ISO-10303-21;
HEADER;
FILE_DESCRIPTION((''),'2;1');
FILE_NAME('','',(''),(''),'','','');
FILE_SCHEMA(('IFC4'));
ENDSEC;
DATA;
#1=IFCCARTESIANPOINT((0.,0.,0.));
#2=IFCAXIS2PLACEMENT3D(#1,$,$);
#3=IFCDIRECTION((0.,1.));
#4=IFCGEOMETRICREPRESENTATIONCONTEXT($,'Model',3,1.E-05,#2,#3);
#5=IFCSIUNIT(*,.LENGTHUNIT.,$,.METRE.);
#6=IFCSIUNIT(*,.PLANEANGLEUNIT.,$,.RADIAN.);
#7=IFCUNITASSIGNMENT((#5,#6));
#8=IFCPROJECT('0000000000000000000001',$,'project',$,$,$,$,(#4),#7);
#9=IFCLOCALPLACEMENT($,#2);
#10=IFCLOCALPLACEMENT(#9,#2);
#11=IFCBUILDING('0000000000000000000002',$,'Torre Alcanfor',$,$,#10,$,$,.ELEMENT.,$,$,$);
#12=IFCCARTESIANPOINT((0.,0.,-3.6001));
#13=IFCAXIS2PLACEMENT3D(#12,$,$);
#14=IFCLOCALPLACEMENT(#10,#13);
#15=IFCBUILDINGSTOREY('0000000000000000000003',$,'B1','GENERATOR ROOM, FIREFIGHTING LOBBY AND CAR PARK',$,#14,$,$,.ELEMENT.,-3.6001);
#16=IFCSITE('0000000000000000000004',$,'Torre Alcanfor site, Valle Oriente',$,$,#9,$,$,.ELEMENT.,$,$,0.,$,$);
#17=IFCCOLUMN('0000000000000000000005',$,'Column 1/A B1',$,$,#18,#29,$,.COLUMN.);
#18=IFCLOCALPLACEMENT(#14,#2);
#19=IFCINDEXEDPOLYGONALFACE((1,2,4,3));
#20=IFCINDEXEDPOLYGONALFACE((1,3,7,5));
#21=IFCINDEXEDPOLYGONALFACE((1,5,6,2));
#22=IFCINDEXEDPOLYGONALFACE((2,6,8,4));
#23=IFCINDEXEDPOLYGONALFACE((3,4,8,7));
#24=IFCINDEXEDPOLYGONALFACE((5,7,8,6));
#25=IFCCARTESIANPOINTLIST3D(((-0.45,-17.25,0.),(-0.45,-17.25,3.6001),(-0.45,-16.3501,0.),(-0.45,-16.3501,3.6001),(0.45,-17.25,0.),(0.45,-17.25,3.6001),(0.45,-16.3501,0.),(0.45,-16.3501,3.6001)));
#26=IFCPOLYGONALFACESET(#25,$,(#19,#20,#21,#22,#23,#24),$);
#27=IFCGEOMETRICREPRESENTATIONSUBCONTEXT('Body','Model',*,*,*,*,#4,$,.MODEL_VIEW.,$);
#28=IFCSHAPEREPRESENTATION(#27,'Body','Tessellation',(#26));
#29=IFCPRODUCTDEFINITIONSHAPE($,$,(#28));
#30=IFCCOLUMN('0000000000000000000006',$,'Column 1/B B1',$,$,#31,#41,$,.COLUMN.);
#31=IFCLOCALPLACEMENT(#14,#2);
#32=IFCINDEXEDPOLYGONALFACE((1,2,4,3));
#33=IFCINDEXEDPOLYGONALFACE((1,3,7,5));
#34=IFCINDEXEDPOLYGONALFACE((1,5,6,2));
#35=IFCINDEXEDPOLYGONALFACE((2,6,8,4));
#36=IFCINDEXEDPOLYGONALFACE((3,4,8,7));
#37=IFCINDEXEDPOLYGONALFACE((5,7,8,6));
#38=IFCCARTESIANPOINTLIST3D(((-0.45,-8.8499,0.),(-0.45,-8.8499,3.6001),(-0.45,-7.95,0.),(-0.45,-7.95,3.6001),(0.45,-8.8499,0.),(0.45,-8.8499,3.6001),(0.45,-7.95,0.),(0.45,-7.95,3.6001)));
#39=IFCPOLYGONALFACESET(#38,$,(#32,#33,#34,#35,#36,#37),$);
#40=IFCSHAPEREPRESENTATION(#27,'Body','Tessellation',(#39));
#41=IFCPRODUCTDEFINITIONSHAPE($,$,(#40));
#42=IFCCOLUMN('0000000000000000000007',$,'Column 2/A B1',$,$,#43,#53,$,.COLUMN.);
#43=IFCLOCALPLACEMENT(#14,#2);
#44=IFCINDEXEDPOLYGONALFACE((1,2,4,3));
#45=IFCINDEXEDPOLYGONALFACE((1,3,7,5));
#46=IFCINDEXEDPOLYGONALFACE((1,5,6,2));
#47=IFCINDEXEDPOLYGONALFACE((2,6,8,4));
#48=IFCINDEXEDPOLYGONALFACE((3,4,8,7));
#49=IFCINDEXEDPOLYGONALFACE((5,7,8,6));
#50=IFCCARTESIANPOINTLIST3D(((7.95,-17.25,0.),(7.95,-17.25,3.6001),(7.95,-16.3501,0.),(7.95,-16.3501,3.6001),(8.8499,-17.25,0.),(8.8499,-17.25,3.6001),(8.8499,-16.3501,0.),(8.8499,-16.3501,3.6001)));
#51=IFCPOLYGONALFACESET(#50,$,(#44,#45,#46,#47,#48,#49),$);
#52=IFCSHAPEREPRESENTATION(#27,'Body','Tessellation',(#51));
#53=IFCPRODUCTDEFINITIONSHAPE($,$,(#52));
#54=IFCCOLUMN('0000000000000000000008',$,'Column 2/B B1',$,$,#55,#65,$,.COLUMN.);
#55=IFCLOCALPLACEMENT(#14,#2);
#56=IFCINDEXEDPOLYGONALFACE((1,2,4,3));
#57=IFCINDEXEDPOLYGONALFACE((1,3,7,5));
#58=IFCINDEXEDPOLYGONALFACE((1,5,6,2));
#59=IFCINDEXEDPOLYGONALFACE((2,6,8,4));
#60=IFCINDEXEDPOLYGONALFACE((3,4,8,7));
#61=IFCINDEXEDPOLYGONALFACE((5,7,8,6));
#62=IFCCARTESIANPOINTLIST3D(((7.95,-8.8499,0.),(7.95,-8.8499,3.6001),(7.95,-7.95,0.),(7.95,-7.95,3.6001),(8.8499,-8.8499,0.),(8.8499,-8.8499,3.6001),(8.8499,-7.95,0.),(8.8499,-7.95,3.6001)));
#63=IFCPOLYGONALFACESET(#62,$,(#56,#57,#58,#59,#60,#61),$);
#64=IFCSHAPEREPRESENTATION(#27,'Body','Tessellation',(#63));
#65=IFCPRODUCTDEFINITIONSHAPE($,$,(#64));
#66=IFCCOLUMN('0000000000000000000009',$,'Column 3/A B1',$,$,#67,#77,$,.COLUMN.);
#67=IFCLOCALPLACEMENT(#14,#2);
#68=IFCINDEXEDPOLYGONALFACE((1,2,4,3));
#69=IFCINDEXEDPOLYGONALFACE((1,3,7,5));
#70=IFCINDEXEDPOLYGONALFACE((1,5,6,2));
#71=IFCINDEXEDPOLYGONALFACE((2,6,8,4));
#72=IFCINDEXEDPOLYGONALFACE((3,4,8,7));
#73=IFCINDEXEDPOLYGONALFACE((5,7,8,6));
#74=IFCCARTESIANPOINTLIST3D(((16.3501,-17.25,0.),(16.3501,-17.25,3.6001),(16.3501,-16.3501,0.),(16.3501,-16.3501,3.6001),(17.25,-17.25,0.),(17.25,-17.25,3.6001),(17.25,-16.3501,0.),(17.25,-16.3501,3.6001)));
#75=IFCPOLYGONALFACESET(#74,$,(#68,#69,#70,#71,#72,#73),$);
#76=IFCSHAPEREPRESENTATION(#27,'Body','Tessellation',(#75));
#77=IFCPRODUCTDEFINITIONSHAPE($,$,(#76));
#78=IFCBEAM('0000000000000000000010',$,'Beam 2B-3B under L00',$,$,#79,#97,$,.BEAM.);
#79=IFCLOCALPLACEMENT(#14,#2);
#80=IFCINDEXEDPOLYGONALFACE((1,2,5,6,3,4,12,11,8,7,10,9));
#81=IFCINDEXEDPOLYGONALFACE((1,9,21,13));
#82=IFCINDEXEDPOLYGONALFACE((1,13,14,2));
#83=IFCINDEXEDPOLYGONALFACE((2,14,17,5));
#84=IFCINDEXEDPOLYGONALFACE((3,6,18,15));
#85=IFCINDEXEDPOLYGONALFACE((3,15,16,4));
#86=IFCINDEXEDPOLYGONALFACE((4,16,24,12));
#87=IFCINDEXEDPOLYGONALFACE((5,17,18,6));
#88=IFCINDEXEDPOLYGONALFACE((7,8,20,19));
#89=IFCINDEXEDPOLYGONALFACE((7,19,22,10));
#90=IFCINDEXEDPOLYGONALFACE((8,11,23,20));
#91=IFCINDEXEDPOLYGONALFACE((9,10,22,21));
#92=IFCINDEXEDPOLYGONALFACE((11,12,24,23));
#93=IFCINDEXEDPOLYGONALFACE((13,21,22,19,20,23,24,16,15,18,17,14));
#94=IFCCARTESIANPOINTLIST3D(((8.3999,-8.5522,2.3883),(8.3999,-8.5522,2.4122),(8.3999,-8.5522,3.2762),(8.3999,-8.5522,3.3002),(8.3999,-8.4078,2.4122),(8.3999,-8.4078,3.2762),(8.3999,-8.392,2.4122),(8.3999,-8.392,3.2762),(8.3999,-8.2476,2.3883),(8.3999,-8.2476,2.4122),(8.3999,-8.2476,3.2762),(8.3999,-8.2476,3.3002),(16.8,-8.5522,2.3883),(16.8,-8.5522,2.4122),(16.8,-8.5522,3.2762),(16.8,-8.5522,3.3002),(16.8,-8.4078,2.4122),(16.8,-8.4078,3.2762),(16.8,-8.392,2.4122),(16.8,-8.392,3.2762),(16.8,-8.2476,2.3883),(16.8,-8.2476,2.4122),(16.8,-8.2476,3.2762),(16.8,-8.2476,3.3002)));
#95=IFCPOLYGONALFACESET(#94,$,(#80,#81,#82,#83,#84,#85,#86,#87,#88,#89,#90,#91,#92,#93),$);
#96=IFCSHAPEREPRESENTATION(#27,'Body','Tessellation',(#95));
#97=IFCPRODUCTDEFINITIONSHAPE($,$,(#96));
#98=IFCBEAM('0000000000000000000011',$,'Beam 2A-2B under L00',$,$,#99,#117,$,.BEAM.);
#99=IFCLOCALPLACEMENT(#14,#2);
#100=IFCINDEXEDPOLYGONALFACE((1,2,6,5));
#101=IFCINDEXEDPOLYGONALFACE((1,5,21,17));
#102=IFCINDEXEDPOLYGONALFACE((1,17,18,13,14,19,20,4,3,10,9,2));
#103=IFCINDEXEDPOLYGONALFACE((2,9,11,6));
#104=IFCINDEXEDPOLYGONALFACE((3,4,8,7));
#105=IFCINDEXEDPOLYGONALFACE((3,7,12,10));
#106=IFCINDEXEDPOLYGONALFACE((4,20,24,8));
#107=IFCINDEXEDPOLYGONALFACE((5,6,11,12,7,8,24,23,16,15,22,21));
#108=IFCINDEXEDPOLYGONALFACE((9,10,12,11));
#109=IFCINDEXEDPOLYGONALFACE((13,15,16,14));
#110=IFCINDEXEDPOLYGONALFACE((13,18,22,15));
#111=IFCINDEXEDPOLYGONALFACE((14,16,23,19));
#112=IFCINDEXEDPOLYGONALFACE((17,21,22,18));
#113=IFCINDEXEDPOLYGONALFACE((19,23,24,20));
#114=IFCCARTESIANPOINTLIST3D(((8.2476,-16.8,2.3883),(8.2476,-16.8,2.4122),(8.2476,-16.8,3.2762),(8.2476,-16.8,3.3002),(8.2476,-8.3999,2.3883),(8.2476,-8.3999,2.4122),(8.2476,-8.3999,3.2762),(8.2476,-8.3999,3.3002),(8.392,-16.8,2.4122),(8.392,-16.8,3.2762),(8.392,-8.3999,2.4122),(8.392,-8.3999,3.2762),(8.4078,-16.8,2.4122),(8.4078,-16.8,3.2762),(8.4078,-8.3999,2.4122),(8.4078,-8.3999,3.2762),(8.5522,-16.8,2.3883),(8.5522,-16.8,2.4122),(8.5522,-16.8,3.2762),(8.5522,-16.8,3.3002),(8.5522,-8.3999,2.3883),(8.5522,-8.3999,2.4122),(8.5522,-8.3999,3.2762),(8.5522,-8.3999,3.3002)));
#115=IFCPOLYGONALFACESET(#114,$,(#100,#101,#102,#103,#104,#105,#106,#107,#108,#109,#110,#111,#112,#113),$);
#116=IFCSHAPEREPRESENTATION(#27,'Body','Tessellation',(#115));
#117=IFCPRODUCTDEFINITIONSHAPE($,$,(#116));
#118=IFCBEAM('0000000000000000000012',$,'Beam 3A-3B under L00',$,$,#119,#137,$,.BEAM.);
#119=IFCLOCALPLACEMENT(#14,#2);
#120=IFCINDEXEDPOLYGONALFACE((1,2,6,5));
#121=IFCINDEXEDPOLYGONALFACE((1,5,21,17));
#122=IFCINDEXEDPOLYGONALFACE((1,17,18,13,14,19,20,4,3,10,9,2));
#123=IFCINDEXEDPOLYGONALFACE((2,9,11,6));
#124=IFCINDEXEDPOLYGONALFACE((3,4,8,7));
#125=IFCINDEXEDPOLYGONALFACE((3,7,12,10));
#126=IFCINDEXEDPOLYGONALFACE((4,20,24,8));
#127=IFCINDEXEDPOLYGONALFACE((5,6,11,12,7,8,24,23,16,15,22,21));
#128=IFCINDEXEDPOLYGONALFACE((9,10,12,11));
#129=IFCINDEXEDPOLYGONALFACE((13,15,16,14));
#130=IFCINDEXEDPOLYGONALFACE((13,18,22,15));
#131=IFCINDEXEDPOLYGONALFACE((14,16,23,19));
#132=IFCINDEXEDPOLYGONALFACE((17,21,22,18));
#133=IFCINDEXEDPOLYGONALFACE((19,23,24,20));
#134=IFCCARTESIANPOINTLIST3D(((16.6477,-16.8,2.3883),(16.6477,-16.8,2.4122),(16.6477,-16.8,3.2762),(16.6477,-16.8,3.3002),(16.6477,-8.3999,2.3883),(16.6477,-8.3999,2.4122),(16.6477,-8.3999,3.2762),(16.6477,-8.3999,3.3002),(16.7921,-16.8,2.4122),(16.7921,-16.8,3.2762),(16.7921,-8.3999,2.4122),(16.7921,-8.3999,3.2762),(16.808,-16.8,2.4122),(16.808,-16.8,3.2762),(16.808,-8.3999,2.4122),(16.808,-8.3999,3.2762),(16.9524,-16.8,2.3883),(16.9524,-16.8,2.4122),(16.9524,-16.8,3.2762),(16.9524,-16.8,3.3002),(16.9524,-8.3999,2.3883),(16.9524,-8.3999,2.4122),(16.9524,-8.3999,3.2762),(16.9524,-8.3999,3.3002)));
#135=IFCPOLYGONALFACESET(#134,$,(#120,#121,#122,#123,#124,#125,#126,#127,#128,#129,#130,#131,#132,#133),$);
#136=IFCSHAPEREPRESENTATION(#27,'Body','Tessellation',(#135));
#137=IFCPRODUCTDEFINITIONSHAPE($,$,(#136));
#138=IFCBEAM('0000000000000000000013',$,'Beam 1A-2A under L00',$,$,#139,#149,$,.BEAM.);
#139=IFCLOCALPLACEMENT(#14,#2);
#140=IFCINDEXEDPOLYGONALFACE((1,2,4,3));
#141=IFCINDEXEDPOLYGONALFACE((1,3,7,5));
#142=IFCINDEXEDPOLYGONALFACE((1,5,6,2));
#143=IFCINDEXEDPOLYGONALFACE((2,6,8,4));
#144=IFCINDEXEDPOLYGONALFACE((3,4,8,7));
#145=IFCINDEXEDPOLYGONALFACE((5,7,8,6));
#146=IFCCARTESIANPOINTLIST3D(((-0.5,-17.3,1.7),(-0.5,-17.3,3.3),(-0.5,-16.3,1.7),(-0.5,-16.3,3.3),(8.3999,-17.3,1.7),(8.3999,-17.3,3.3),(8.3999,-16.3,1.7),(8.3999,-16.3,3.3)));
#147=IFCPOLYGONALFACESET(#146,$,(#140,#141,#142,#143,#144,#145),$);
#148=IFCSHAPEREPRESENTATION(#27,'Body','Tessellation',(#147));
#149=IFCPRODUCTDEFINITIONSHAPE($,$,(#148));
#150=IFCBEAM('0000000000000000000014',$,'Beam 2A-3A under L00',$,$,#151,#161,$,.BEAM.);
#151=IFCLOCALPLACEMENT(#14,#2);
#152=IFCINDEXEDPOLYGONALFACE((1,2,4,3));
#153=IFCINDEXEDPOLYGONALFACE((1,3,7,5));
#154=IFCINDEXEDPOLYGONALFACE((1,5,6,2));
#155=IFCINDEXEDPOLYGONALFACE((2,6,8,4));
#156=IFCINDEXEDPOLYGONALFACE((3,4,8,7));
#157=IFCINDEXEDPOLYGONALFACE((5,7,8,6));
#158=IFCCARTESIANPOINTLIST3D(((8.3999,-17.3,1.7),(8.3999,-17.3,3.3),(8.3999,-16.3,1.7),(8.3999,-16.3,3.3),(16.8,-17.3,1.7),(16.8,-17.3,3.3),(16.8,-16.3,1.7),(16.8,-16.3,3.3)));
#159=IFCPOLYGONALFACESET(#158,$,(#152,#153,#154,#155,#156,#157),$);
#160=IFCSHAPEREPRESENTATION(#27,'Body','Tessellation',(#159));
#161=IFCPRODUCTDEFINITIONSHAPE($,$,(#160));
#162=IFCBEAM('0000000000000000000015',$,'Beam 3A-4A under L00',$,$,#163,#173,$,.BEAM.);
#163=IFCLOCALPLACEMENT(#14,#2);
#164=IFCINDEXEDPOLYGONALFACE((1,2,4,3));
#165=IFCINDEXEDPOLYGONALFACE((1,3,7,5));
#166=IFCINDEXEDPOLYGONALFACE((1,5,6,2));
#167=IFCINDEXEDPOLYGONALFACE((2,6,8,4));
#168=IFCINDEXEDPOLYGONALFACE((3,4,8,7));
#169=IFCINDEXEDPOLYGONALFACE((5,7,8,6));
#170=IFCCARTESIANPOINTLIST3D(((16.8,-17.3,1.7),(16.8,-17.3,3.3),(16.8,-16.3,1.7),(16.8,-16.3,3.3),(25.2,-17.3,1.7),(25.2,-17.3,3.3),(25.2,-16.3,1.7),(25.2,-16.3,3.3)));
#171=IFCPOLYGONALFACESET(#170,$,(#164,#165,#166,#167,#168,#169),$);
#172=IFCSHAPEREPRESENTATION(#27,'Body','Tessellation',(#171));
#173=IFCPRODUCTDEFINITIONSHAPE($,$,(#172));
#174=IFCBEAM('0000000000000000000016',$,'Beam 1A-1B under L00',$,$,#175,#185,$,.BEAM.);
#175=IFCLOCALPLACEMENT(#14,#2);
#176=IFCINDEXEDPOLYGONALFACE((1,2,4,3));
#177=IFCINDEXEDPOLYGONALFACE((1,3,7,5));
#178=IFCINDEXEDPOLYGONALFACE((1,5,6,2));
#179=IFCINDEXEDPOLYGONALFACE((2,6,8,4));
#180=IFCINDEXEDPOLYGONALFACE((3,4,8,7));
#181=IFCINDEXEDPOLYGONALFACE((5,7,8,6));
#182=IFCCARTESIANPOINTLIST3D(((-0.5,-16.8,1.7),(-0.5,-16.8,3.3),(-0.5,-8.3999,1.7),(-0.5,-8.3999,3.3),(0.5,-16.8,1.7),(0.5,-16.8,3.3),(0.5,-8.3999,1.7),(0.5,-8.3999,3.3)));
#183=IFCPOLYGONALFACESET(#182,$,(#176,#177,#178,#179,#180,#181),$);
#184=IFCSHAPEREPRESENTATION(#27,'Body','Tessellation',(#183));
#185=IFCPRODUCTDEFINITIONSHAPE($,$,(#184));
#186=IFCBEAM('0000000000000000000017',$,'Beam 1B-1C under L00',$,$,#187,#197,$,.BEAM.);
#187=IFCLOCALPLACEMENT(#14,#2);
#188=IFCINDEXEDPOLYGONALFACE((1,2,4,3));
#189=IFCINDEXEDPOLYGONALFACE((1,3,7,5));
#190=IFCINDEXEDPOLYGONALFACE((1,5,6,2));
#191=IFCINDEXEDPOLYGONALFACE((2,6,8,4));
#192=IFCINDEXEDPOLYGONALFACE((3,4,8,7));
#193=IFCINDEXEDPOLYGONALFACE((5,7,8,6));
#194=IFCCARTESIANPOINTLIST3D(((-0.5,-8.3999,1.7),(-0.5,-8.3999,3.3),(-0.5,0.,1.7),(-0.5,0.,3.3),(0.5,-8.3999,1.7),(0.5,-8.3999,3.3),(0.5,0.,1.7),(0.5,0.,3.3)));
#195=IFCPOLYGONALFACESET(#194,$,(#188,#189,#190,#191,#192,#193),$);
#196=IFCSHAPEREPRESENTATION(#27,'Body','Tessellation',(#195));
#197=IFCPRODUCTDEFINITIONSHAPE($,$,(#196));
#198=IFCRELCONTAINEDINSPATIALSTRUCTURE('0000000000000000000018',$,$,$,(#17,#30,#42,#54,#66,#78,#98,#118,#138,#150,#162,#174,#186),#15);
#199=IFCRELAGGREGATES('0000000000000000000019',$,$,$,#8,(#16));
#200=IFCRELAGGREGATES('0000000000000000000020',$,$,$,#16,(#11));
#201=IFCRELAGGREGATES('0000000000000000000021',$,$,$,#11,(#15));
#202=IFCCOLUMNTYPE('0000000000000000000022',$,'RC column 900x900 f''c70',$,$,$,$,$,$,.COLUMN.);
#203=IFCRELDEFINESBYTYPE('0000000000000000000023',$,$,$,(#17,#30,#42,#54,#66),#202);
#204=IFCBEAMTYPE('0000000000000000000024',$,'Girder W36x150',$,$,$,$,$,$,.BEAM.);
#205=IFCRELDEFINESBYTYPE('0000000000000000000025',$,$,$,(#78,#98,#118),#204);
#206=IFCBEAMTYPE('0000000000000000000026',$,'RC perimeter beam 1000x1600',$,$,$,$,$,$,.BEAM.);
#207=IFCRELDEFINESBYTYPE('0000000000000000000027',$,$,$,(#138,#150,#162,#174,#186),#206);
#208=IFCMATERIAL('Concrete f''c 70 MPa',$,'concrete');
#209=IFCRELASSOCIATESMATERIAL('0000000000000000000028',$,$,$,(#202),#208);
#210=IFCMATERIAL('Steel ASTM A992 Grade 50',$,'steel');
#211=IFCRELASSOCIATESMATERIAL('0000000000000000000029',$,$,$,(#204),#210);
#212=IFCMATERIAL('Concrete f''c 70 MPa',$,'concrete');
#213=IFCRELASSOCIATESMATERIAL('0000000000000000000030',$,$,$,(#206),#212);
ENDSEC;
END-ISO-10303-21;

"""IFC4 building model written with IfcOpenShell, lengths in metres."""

from ifc_helpers import new_model, si_unit, direction, frame, origin, origin_2d, place, context, subcontext, project, spatial, rectangle, i_section, extrude, material, material_profile, profile_set, type_object, element, save


model = new_model("IFC4")

# Units and contexts
model_context = context("Model", 3, precision=1e-05, world=origin(), true_north=direction((0.0, 1.0)))
body_context = subcontext(model_context, "Body", "Model", "MODEL_VIEW")
ifc_project = project(units=[si_unit("LENGTHUNIT", "METRE"), si_unit("PLANEANGLEUNIT", "RADIAN")], contexts=[model_context])

# Site, building, storey
site_placement = place(None, origin())
site = spatial("IfcSite", under=ifc_project, at=site_placement, Name="Torre Alcanfor site, Valle Oriente", CompositionType="ELEMENT", RefElevation=0.0)
building_placement = place(site_placement, origin())
building = spatial("IfcBuilding", under=site, at=building_placement, Name="Torre Alcanfor", CompositionType="ELEMENT")
storey_placement = place(building_placement, frame((0.0, 0.0, -3.6001)))
storey = spatial("IfcBuildingStorey", under=building, at=storey_placement, Name="B1", Description="GENERATOR ROOM, FIREFIGHTING LOBBY AND CAR PARK", CompositionType="ELEMENT", Elevation=-3.6001)

# Columns
ifc_material_1 = material(Name="Concrete f'c 70 MPa", Category="concrete")
ifc_material_profile_1 = material_profile(ifc_material_1, rectangle(XDim=0.8999, YDim=0.8999, at=origin_2d()), Name="900x900")
ifc_profile_set_1 = profile_set([ifc_material_profile_1], Name="Concrete f'c 70 MPa")
column_type = type_object("IfcColumnType", Name="RC column 900x900 f'c70", PredefinedType="COLUMN", material=ifc_profile_set_1)
for number, where, z_axis, x_axis, name in (
    (1, (0.0, -16.8, 0.0), (0.0, 0.0, 1.0), (1.0, 0.0, 0.0), "Column 1/A B1"),
    (2, (0.0, -8.3999, 0.0), (0.0, 0.0, 1.0), (1.0, 0.0, 0.0), "Column 1/B B1"),
    (3, (8.3999, -16.8, 0.0), (0.0, 0.0, 1.0), (1.0, 0.0, 0.0), "Column 2/A B1"),
    (4, (8.3999, -8.3999, 0.0), (0.0, 0.0, 1.0), (1.0, 0.0, 0.0), "Column 2/B B1"),
    (5, (16.8, -16.8, 0.0), (0.0, 0.0, 1.0), (1.0, 0.0, 0.0), "Column 3/A B1"),
):
    element("IfcColumn", number, at=place(storey_placement, frame(where, z_axis=z_axis, x_axis=x_axis)), inside=storey, type_object=column_type, Name=name, PredefinedType="COLUMN", context=body_context, shape_type="SweptSolid", body=[
        extrude(rectangle(XDim=0.8999, YDim=0.8999, at=origin_2d()), origin(), (0.0, 0.0, 1.0), 3.6001),
    ])

# Beams
ifc_material_2 = material(Name="Steel ASTM A992 Grade 50", Category="steel")
ifc_material_profile_2 = material_profile(ifc_material_2, i_section(OverallWidth=0.3047, OverallDepth=0.9119, WebThickness=0.0159, FlangeThickness=0.0239, at=origin_2d()), Name="W36x150")
ifc_profile_set_2 = profile_set([ifc_material_profile_2], Name="Steel ASTM A992 Grade 50")
beam_type_1 = type_object("IfcBeamType", Name="Girder W36x150", PredefinedType="BEAM", material=ifc_profile_set_2)
for number, where, z_axis, x_axis, name in (
    (6, (8.3999, -8.3999, 2.8442), (1.0, 0.0, 0.0), (0.0, 1.0, 0.0), "Beam 2B-3B under L00"),
    (7, (8.3999, -16.8, 2.8442), (0.0, 1.0, 0.0), (-1.0, 0.0, 0.0), "Beam 2A-2B under L00"),
    (8, (16.8, -16.8, 2.8442), (0.0, 1.0, 0.0), (-1.0, 0.0, 0.0), "Beam 3A-3B under L00"),
):
    element("IfcBeam", number, at=place(storey_placement, frame(where, z_axis=z_axis, x_axis=x_axis)), inside=storey, type_object=beam_type_1, Name=name, PredefinedType="BEAM", context=body_context, shape_type="SweptSolid", body=[
        extrude(i_section(OverallWidth=0.3047, OverallDepth=0.9119, WebThickness=0.0159, FlangeThickness=0.0239, at=origin_2d()), origin(), (0.0, 0.0, 1.0), 8.4001),
    ])
ifc_material_3 = material(Name="Concrete f'c 70 MPa", Category="concrete")
ifc_material_profile_3 = material_profile(ifc_material_3, rectangle(XDim=1.0, YDim=1.6001, at=origin_2d()), Name="1000x1600")
ifc_profile_set_3 = profile_set([ifc_material_profile_3], Name="Concrete f'c 70 MPa")
beam_type_2 = type_object("IfcBeamType", Name="RC perimeter beam 1000x1600", PredefinedType="BEAM", material=ifc_profile_set_3)
beam_1_placement = place(storey_placement, frame((-0.5, -16.8, 2.5), z_axis=(1.0, 0.0, 0.0), x_axis=(0.0, 1.0, 0.0)))
element("IfcBeam", 9, at=beam_1_placement, inside=storey, type_object=beam_type_2, Name="Beam 1A-2A under L00", PredefinedType="BEAM", context=body_context, shape_type="SweptSolid", body=[
    extrude(rectangle(XDim=1.0, YDim=1.6001, at=origin_2d()), origin(), (0.0, 0.0, 1.0), 8.8999),
])
beam_2_placement = place(storey_placement, frame((8.3999, -16.8, 2.5), z_axis=(1.0, 0.0, 0.0), x_axis=(0.0, 1.0, 0.0)))
element("IfcBeam", 10, at=beam_2_placement, inside=storey, type_object=beam_type_2, Name="Beam 2A-3A under L00", PredefinedType="BEAM", context=body_context, shape_type="SweptSolid", body=[
    extrude(rectangle(XDim=1.0, YDim=1.6001, at=origin_2d()), origin(), (0.0, 0.0, 1.0), 8.4001),
])
beam_3_placement = place(storey_placement, frame((16.8, -16.8, 2.5), z_axis=(1.0, 0.0, 0.0), x_axis=(0.0, 1.0, 0.0)))
element("IfcBeam", 11, at=beam_3_placement, inside=storey, type_object=beam_type_2, Name="Beam 3A-4A under L00", PredefinedType="BEAM", context=body_context, shape_type="SweptSolid", body=[
    extrude(rectangle(XDim=1.0, YDim=1.6001, at=origin_2d()), origin(), (0.0, 0.0, 1.0), 8.3999),
])
beam_4_placement = place(storey_placement, frame((0.0, -16.8, 2.5), z_axis=(0.0, 1.0, 0.0), x_axis=(-1.0, 0.0, 0.0)))
element("IfcBeam", 12, at=beam_4_placement, inside=storey, type_object=beam_type_2, Name="Beam 1A-1B under L00", PredefinedType="BEAM", context=body_context, shape_type="SweptSolid", body=[
    extrude(rectangle(XDim=1.0, YDim=1.6001, at=origin_2d()), origin(), (0.0, 0.0, 1.0), 8.4001),
])
beam_5_placement = place(storey_placement, frame((0.0, -8.3999, 2.5), z_axis=(0.0, 1.0, 0.0), x_axis=(-1.0, 0.0, 0.0)))
element("IfcBeam", 13, at=beam_5_placement, inside=storey, type_object=beam_type_2, Name="Beam 1B-1C under L00", PredefinedType="BEAM", context=body_context, shape_type="SweptSolid", body=[
    extrude(rectangle(XDim=1.0, YDim=1.6001, at=origin_2d()), origin(), (0.0, 0.0, 1.0), 8.3999),
])

save(model, "model.ifc")
